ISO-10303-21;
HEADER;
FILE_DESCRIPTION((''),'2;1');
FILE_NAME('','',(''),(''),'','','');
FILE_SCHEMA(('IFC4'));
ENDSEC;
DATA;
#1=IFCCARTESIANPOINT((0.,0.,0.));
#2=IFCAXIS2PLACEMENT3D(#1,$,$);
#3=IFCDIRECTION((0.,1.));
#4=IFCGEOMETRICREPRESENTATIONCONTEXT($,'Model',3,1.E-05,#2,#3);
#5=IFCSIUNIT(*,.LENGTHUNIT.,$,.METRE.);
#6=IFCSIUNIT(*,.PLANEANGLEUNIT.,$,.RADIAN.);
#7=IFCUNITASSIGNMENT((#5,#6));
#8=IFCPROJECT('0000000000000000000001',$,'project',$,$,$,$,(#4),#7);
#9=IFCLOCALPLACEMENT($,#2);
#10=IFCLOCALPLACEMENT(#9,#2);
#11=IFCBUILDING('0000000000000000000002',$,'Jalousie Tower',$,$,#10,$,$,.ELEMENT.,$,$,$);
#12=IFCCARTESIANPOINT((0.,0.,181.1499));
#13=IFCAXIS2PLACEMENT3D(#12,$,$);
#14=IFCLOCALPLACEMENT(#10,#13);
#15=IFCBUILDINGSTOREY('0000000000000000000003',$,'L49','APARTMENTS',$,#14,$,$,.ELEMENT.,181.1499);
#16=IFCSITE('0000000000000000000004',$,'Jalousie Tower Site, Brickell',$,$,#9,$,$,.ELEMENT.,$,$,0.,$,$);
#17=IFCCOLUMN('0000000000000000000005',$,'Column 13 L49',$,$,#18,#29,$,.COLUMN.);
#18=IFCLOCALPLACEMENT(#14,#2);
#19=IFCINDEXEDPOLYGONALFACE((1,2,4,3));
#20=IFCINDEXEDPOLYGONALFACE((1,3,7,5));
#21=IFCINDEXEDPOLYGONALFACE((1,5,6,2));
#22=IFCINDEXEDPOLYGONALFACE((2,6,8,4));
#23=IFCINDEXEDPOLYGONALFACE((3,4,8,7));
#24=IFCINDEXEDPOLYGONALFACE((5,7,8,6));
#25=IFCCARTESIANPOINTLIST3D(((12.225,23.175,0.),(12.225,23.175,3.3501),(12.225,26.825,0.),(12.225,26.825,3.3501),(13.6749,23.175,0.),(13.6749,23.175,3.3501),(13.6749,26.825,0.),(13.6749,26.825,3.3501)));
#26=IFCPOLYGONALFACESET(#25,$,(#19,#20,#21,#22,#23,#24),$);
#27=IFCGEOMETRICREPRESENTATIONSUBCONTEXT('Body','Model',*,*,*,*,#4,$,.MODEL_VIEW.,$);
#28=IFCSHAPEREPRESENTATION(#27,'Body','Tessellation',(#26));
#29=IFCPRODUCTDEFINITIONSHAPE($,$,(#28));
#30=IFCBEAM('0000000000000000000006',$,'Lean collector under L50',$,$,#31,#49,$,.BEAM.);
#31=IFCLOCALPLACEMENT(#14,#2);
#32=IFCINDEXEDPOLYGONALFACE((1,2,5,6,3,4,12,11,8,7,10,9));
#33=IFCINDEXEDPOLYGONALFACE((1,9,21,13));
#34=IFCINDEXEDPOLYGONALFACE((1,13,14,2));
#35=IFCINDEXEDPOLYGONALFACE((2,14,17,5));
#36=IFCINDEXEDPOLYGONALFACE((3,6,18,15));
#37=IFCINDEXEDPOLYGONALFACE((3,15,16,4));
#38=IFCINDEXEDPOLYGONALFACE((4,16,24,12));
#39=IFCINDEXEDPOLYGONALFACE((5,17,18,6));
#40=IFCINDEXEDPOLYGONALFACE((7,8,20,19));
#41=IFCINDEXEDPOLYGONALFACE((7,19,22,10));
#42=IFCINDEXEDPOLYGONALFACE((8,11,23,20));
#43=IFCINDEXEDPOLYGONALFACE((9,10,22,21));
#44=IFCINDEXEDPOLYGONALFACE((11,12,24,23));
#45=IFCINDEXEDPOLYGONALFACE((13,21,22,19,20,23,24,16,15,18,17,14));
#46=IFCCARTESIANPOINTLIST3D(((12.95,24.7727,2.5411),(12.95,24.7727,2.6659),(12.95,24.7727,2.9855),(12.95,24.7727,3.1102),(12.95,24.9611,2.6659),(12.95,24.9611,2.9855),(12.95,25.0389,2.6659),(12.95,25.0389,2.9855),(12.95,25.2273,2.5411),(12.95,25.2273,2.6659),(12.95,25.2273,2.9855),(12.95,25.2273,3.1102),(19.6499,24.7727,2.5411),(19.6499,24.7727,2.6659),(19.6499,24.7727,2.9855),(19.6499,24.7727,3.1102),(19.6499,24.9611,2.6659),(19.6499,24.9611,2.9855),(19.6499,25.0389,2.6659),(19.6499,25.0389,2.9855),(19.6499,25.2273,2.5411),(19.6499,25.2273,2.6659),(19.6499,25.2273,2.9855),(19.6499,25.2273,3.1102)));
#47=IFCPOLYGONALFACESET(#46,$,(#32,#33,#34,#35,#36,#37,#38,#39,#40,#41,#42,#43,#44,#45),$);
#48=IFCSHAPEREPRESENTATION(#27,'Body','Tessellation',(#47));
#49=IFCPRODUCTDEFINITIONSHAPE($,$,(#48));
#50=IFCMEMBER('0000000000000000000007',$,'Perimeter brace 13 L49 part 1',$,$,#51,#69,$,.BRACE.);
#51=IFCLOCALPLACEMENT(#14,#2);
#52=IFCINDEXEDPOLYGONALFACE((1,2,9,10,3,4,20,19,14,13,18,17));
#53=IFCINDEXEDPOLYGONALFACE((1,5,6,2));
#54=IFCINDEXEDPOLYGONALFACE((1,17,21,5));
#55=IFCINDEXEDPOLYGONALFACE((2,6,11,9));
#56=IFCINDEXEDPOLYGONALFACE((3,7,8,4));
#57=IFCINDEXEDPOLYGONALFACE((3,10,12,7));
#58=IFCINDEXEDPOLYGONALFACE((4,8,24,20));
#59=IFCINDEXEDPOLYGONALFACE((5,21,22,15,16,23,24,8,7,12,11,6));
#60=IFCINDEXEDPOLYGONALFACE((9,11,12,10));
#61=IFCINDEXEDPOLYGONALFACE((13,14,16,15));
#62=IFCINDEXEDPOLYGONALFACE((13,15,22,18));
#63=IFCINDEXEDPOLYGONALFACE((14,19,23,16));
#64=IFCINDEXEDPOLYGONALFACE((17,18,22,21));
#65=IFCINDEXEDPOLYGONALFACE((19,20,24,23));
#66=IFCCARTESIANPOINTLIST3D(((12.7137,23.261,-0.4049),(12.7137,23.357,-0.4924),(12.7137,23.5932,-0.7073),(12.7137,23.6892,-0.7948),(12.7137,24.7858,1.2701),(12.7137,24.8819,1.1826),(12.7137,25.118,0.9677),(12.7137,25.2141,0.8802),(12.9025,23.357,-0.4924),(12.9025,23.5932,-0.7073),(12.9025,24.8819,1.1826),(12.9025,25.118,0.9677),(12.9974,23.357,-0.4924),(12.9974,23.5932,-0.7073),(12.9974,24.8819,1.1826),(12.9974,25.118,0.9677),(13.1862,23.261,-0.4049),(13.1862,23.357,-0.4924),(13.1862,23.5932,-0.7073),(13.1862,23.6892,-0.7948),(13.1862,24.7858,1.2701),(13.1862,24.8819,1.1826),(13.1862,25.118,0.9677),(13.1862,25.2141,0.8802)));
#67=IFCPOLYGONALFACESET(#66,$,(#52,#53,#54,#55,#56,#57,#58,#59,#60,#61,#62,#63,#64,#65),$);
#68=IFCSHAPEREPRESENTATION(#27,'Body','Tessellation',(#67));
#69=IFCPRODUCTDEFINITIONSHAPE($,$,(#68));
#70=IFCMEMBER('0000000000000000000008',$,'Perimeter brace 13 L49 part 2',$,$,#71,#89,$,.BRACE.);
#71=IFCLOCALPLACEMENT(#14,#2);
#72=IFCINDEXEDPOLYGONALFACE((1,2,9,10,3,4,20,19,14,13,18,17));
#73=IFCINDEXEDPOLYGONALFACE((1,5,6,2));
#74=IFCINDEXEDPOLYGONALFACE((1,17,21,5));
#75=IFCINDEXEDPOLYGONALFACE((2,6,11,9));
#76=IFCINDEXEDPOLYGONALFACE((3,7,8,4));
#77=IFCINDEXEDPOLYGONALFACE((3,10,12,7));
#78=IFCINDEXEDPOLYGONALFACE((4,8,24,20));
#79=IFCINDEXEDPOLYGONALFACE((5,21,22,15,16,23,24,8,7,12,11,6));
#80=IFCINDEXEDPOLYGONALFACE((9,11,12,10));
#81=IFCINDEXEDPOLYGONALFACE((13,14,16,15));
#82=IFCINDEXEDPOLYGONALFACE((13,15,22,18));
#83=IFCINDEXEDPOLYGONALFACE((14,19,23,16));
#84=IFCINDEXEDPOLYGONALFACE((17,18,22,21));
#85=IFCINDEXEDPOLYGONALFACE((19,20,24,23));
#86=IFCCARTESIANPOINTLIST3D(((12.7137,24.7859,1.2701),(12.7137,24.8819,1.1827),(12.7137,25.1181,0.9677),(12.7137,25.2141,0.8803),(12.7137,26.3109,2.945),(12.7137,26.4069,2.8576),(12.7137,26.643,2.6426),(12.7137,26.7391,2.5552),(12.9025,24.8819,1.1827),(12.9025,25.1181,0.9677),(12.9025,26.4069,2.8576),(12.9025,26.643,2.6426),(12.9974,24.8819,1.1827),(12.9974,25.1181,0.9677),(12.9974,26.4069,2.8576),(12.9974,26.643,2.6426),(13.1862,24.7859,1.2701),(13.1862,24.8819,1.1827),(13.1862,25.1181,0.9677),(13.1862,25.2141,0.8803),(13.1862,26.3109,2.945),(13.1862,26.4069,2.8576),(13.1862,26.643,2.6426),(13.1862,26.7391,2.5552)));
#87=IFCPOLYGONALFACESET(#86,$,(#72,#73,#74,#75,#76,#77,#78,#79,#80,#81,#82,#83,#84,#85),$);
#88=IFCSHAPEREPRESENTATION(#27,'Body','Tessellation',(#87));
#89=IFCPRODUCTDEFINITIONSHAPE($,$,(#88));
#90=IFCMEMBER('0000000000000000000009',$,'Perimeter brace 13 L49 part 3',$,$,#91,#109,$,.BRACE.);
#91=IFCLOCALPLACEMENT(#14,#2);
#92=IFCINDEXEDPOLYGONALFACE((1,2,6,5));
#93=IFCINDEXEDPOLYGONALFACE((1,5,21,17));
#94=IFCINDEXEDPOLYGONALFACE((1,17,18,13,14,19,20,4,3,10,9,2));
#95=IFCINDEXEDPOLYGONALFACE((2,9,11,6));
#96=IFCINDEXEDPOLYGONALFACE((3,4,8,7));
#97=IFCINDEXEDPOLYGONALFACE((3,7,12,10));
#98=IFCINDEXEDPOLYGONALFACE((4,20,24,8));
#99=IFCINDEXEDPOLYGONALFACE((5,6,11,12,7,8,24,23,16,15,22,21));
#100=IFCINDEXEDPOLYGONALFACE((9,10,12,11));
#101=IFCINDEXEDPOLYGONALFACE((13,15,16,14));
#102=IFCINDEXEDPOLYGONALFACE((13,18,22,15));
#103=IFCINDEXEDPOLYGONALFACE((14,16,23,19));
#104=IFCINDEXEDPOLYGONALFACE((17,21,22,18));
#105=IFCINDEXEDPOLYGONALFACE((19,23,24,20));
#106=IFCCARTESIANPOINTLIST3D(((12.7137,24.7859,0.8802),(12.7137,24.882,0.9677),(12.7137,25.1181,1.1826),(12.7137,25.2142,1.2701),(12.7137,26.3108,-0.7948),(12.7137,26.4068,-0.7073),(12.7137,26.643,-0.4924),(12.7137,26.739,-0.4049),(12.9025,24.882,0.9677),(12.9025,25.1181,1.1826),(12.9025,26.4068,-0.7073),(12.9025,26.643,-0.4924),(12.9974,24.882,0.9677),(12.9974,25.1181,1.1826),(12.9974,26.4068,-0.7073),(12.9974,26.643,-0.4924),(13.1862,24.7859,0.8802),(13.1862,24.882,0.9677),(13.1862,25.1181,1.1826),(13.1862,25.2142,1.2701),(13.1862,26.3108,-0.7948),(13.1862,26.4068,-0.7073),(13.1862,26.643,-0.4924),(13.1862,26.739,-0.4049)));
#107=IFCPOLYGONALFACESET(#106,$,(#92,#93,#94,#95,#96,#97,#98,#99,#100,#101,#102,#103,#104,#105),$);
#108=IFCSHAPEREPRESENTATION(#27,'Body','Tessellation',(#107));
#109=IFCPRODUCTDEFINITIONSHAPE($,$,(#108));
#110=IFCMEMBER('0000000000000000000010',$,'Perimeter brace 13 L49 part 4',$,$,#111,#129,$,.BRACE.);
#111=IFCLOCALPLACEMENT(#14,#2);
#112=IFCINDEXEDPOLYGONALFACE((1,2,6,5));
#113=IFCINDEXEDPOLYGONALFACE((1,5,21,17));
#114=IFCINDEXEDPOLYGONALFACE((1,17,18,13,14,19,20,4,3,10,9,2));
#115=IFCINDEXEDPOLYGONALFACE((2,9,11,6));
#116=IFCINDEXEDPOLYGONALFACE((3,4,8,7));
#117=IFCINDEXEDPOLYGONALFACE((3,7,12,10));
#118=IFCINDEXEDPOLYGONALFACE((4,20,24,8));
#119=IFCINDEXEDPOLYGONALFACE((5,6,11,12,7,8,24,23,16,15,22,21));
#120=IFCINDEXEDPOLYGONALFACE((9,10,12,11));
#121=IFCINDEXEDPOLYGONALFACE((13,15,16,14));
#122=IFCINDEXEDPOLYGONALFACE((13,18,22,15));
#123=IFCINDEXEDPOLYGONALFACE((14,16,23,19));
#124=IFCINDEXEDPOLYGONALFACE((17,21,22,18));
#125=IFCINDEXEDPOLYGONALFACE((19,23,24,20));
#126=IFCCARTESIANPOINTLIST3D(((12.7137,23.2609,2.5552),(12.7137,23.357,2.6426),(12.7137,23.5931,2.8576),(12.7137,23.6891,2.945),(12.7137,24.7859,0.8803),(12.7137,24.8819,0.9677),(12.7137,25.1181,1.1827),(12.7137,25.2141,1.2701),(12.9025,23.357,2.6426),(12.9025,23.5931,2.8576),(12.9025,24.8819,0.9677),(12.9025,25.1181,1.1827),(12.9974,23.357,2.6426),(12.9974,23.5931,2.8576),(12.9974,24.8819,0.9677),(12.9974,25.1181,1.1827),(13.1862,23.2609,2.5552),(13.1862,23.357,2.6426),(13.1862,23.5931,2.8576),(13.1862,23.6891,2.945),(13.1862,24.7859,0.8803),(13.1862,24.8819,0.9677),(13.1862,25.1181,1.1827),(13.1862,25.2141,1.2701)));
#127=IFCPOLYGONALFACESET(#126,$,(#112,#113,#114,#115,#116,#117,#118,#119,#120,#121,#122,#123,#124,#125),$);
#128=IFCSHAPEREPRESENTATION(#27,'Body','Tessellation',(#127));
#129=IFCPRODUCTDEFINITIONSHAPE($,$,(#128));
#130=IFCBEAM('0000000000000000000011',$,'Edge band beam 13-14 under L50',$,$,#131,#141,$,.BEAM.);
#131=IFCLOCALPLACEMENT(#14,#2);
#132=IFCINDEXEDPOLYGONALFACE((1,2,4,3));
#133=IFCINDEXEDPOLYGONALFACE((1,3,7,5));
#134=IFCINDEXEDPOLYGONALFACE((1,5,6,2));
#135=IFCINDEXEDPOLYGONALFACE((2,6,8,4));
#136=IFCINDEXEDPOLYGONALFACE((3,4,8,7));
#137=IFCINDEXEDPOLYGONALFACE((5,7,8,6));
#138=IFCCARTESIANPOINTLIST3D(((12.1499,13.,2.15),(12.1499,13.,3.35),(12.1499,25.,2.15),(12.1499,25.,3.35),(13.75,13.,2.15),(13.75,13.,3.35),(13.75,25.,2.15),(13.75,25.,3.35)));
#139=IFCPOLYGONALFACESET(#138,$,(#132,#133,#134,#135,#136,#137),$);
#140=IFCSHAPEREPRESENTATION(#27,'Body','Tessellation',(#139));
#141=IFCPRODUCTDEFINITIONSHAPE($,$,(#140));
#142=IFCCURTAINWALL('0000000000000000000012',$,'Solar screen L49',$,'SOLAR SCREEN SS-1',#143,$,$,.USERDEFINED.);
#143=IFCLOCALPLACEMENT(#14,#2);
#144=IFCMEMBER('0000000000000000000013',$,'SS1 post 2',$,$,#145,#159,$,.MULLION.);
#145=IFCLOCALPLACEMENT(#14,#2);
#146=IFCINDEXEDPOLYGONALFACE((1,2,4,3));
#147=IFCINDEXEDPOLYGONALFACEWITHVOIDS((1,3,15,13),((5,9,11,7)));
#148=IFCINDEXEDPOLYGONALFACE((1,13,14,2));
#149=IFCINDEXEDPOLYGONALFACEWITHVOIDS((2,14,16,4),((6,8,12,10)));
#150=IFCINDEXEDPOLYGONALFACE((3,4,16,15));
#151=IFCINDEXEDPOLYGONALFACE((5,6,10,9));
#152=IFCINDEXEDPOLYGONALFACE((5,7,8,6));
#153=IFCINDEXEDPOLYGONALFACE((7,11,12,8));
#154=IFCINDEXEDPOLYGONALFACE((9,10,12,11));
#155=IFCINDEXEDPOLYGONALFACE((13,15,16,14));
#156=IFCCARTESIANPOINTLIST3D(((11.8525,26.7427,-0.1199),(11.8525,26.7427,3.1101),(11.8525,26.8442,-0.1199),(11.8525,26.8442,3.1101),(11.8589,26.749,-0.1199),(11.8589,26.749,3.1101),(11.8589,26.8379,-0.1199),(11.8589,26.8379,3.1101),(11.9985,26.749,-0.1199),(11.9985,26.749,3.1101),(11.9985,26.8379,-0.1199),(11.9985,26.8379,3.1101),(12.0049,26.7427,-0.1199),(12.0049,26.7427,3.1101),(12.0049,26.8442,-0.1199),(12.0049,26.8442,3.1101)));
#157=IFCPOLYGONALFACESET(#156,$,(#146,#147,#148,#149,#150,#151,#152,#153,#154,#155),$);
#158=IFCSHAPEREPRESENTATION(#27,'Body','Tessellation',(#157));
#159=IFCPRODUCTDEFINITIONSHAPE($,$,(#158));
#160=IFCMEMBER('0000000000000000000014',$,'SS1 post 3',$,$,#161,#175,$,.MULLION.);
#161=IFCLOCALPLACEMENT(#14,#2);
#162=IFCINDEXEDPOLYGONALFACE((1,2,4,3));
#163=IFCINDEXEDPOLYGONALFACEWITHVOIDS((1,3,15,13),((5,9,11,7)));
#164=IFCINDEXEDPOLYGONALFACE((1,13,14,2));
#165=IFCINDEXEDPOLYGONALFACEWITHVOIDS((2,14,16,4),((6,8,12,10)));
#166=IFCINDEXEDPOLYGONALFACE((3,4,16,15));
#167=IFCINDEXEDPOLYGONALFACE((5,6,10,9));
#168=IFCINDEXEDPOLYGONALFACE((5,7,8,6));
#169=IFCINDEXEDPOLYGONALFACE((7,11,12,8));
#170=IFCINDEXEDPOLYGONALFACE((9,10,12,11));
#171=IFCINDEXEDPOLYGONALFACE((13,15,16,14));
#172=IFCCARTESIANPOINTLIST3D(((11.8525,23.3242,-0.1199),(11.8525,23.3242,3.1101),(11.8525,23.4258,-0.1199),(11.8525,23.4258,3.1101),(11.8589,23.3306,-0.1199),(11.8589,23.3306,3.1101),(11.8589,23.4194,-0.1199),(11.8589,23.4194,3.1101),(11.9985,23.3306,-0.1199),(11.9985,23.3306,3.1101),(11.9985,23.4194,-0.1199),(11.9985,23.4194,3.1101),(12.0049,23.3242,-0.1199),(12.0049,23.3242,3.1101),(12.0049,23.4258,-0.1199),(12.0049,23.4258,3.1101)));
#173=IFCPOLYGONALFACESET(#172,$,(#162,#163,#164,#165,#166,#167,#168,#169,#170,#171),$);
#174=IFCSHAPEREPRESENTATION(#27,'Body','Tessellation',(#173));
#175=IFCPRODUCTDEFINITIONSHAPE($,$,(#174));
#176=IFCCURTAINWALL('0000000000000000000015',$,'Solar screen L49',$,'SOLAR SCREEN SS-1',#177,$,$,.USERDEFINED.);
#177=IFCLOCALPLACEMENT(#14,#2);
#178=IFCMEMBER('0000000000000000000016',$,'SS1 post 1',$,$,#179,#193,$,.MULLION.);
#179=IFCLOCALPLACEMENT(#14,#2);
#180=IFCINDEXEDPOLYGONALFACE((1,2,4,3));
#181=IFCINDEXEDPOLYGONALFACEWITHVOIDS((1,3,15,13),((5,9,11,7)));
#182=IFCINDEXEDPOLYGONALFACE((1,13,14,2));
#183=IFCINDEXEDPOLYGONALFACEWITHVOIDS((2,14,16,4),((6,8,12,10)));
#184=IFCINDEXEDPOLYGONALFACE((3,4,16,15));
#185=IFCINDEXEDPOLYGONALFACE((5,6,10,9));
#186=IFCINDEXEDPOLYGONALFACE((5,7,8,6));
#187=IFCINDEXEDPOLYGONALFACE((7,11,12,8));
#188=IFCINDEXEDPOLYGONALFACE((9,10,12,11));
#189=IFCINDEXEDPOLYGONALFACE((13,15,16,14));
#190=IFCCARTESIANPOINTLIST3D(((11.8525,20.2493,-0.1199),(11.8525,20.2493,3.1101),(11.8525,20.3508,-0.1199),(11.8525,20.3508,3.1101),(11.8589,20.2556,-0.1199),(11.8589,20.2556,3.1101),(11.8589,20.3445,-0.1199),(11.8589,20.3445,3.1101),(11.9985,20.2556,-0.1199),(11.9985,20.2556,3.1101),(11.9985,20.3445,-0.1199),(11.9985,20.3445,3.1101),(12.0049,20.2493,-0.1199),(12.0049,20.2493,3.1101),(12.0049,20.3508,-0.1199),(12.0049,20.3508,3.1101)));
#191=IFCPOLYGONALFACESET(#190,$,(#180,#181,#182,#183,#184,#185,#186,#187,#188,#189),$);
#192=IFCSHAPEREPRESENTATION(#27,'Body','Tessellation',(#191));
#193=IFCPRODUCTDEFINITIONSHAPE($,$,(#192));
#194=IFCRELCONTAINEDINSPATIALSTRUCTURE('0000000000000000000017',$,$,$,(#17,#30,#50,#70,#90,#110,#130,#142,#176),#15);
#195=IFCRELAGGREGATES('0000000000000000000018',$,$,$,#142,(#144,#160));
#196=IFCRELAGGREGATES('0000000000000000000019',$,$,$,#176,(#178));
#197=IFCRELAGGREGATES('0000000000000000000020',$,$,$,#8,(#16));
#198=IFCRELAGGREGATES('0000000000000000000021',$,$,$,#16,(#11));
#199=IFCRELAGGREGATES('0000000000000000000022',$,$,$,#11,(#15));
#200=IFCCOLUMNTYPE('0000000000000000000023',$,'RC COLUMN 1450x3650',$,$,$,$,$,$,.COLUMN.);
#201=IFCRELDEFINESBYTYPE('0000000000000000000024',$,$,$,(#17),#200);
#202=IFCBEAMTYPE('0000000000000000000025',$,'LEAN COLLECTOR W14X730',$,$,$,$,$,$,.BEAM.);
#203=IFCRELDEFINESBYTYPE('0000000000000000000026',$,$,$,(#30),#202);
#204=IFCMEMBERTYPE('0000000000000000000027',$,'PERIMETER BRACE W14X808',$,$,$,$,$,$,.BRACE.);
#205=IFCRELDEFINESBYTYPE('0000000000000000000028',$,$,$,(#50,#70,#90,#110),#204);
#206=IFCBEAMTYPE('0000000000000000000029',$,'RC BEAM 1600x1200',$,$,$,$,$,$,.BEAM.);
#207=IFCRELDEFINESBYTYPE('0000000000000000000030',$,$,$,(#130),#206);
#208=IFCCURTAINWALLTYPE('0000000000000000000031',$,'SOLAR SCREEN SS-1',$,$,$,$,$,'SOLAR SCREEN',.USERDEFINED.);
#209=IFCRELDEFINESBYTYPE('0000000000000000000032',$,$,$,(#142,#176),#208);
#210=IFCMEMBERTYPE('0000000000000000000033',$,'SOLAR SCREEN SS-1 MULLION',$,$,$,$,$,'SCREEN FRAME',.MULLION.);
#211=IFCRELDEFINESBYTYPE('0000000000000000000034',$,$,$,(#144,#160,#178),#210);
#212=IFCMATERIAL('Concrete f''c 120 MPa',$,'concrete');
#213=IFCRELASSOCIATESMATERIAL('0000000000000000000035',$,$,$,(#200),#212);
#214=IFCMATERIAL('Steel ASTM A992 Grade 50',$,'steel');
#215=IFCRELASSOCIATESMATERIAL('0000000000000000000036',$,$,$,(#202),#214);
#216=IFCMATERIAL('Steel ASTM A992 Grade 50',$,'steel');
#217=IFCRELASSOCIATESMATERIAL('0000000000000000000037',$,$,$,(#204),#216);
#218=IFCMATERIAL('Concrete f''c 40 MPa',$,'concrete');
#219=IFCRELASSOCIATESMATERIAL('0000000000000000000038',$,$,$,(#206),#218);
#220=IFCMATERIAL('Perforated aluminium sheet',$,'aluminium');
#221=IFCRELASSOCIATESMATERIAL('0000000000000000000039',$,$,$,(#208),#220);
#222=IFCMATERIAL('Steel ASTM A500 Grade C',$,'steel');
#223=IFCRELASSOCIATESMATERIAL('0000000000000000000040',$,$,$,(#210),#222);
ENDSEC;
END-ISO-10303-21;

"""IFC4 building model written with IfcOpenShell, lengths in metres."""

from ifc_helpers import new_model, si_unit, direction, frame, origin, origin_2d, place, context, subcontext, project, spatial, rectangle, hollow_rectangle, i_section, extrude, material, material_profile, profile_set, type_object, element, aggregate, save


model = new_model("IFC4")

# Units and contexts
model_context = context("Model", 3, precision=1e-05, world=origin(), true_north=direction((0.0, 1.0)))
body_context = subcontext(model_context, "Body", "Model", "MODEL_VIEW")
ifc_project = project(units=[si_unit("LENGTHUNIT", "METRE"), si_unit("PLANEANGLEUNIT", "RADIAN")], contexts=[model_context])

# Site, building, storey
site_placement = place(None, origin())
site = spatial("IfcSite", under=ifc_project, at=site_placement, Name="Jalousie Tower Site, Brickell", CompositionType="ELEMENT", RefElevation=0.0)
building_placement = place(site_placement, origin())
building = spatial("IfcBuilding", under=site, at=building_placement, Name="Jalousie Tower", CompositionType="ELEMENT")
storey_placement = place(building_placement, frame((0.0, 0.0, 181.1499)))
storey = spatial("IfcBuildingStorey", under=building, at=storey_placement, Name="L49", Description="APARTMENTS", CompositionType="ELEMENT", Elevation=181.1499)

# Column
ifc_material_1 = material(Name="Concrete f'c 120 MPa", Category="concrete")
ifc_material_profile_1 = material_profile(ifc_material_1, rectangle(XDim=1.45, YDim=3.6499, at=origin_2d()), Name="RC 1450x3650")
ifc_profile_set_1 = profile_set([ifc_material_profile_1], Name="Concrete f'c 120 MPa")
column_type = type_object("IfcColumnType", Name="RC COLUMN 1450x3650", PredefinedType="COLUMN", material=ifc_profile_set_1)
column_placement = place(storey_placement, frame((12.95, 25.0, 0.0), z_axis=(0.0, 0.0, 1.0), x_axis=(1.0, 0.0, 0.0)))
element("IfcColumn", 1, at=column_placement, inside=storey, type_object=column_type, Name="Column 13 L49", PredefinedType="COLUMN", context=body_context, shape_type="SweptSolid", body=[
    extrude(rectangle(XDim=1.45, YDim=3.6499, at=origin_2d()), origin(), (0.0, 0.0, 1.0), 3.3501),
])

# Beam
ifc_material_2 = material(Name="Steel ASTM A992 Grade 50", Category="steel")
ifc_material_profile_2 = material_profile(ifc_material_2, i_section(OverallWidth=0.4546, OverallDepth=0.5691, WebThickness=0.0779, FlangeThickness=0.1248, at=origin_2d()), Name="W14X730")
ifc_profile_set_2 = profile_set([ifc_material_profile_2], Name="Steel ASTM A992 Grade 50")
beam_type_1 = type_object("IfcBeamType", Name="LEAN COLLECTOR W14X730", PredefinedType="BEAM", material=ifc_profile_set_2)
beam_1_placement = place(storey_placement, frame((12.95, 25.0, 2.8257), z_axis=(1.0, 0.0, 0.0), x_axis=(0.0, 1.0, 0.0)))
element("IfcBeam", 2, at=beam_1_placement, inside=storey, type_object=beam_type_1, Name="Lean collector under L50", PredefinedType="BEAM", context=body_context, shape_type="SweptSolid", body=[
    extrude(i_section(OverallWidth=0.4546, OverallDepth=0.5691, WebThickness=0.0779, FlangeThickness=0.1248, at=origin_2d()), origin(), (0.0, 0.0, 1.0), 6.7),
])

# Members
ifc_material_3 = material(Name="Steel ASTM A992 Grade 50", Category="steel")
ifc_material_profile_3 = material_profile(ifc_material_3, i_section(OverallWidth=0.4724, OverallDepth=0.5791, WebThickness=0.095, FlangeThickness=0.1299, at=origin_2d()), Name="W14X808")
ifc_profile_set_3 = profile_set([ifc_material_profile_3], Name="Steel ASTM A992 Grade 50")
member_type_1 = type_object("IfcMemberType", Name="PERIMETER BRACE W14X808", PredefinedType="BRACE", material=ifc_profile_set_3)
for number, where, z_axis, x_axis, name in (
    (3, (12.95, 23.4751, -0.5999), (0.0, 0.673188, 0.739472), (-1.0, 0.0, 0.0), "Perimeter brace 13 L49 part 1"),
    (4, (12.95, 25.0, 1.0752), (0.0, 0.673241, 0.739423), (-1.0, 0.0, 0.0), "Perimeter brace 13 L49 part 2"),
    (5, (12.95, 26.5249, -0.5999), (0.0, -0.673188, 0.739472), (1.0, 0.0, 0.0), "Perimeter brace 13 L49 part 3"),
    (6, (12.95, 25.0, 1.0752), (0.0, -0.673241, 0.739423), (1.0, 0.0, 0.0), "Perimeter brace 13 L49 part 4"),
):
    element("IfcMember", number, at=place(storey_placement, frame(where, z_axis=z_axis, x_axis=x_axis)), inside=storey, type_object=member_type_1, Name=name, PredefinedType="BRACE", context=body_context, shape_type="SweptSolid", body=[
        extrude(i_section(OverallWidth=0.4724, OverallDepth=0.5791, WebThickness=0.095, FlangeThickness=0.1299, at=origin_2d()), origin(), (0.0, 0.0, 1.0), 2.2651),
    ])

# Beam
ifc_material_4 = material(Name="Concrete f'c 40 MPa", Category="concrete")
ifc_material_profile_4 = material_profile(ifc_material_4, rectangle(XDim=1.6001, YDim=1.2, at=origin_2d()), Name="RC 1600x1200")
ifc_profile_set_4 = profile_set([ifc_material_profile_4], Name="Concrete f'c 40 MPa")
beam_type_2 = type_object("IfcBeamType", Name="RC BEAM 1600x1200", PredefinedType="BEAM", material=ifc_profile_set_4)
beam_2_placement = place(storey_placement, frame((12.95, 25.0, 2.75), z_axis=(0.0, -1.0, 0.0), x_axis=(1.0, 0.0, 0.0)))
element("IfcBeam", 7, at=beam_2_placement, inside=storey, type_object=beam_type_2, Name="Edge band beam 13-14 under L50", PredefinedType="BEAM", context=body_context, shape_type="SweptSolid", body=[
    extrude(rectangle(XDim=1.6001, YDim=1.2, at=origin_2d()), origin(), (0.0, 0.0, 1.0), 12.0),
])

# Curtain walls, members
ifc_material_5 = material(Name="Perforated aluminium sheet", Category="aluminium")
curtain_wall_type = type_object("IfcCurtainWallType", Name="SOLAR SCREEN SS-1", ElementType="SOLAR SCREEN", PredefinedType="USERDEFINED", material=ifc_material_5)
curtain_wall_1_placement = place(storey_placement, origin())
curtain_wall_1 = element("IfcCurtainWall", 8, at=curtain_wall_1_placement, inside=storey, type_object=curtain_wall_type, Name="Solar screen L49", ObjectType="SOLAR SCREEN SS-1", PredefinedType="USERDEFINED")
ifc_material_6 = material(Name="Steel ASTM A500 Grade C", Category="steel")
ifc_material_profile_5 = material_profile(ifc_material_6, hollow_rectangle(XDim=0.1016, YDim=0.1523, WallThickness=0.0063, at=origin_2d()), Name="HSS6X4X1/4")
ifc_profile_set_5 = profile_set([ifc_material_profile_5], Name="Steel ASTM A500 Grade C")
member_type_2 = type_object("IfcMemberType", Name="SOLAR SCREEN SS-1 MULLION", ElementType="SCREEN FRAME", PredefinedType="MULLION", material=ifc_profile_set_5)
member_1_placement = place(storey_placement, frame((11.9287, 26.7935, -0.1199), z_axis=(0.0, 0.0, 1.0), x_axis=(0.0, -1.0, 0.0)))
member_1 = element("IfcMember", 9, at=member_1_placement, type_object=member_type_2, Name="SS1 post 2", PredefinedType="MULLION", context=body_context, shape_type="SweptSolid", body=[
    extrude(hollow_rectangle(XDim=0.1016, YDim=0.1523, WallThickness=0.0063, at=origin_2d()), origin(), (0.0, 0.0, 1.0), 3.23),
])
member_2_placement = place(storey_placement, frame((11.9287, 23.375, -0.1199), z_axis=(0.0, 0.0, 1.0), x_axis=(0.0, -1.0, 0.0)))
member_2 = element("IfcMember", 10, at=member_2_placement, type_object=member_type_2, Name="SS1 post 3", PredefinedType="MULLION", context=body_context, shape_type="SweptSolid", body=[
    extrude(hollow_rectangle(XDim=0.1016, YDim=0.1523, WallThickness=0.0063, at=origin_2d()), origin(), (0.0, 0.0, 1.0), 3.23),
])
curtain_wall_2_placement = place(storey_placement, origin())
curtain_wall_2 = element("IfcCurtainWall", 11, at=curtain_wall_2_placement, inside=storey, type_object=curtain_wall_type, Name="Solar screen L49", ObjectType="SOLAR SCREEN SS-1", PredefinedType="USERDEFINED")
member_3_placement = place(storey_placement, frame((11.9287, 20.3, -0.1199), z_axis=(0.0, 0.0, 1.0), x_axis=(0.0, -1.0, 0.0)))
member_3 = element("IfcMember", 12, at=member_3_placement, type_object=member_type_2, Name="SS1 post 1", PredefinedType="MULLION", context=body_context, shape_type="SweptSolid", body=[
    extrude(hollow_rectangle(XDim=0.1016, YDim=0.1523, WallThickness=0.0063, at=origin_2d()), origin(), (0.0, 0.0, 1.0), 3.23),
])

aggregate(curtain_wall_1, [member_1, member_2])
aggregate(curtain_wall_2, [member_3])

save(model, "model.ifc")
